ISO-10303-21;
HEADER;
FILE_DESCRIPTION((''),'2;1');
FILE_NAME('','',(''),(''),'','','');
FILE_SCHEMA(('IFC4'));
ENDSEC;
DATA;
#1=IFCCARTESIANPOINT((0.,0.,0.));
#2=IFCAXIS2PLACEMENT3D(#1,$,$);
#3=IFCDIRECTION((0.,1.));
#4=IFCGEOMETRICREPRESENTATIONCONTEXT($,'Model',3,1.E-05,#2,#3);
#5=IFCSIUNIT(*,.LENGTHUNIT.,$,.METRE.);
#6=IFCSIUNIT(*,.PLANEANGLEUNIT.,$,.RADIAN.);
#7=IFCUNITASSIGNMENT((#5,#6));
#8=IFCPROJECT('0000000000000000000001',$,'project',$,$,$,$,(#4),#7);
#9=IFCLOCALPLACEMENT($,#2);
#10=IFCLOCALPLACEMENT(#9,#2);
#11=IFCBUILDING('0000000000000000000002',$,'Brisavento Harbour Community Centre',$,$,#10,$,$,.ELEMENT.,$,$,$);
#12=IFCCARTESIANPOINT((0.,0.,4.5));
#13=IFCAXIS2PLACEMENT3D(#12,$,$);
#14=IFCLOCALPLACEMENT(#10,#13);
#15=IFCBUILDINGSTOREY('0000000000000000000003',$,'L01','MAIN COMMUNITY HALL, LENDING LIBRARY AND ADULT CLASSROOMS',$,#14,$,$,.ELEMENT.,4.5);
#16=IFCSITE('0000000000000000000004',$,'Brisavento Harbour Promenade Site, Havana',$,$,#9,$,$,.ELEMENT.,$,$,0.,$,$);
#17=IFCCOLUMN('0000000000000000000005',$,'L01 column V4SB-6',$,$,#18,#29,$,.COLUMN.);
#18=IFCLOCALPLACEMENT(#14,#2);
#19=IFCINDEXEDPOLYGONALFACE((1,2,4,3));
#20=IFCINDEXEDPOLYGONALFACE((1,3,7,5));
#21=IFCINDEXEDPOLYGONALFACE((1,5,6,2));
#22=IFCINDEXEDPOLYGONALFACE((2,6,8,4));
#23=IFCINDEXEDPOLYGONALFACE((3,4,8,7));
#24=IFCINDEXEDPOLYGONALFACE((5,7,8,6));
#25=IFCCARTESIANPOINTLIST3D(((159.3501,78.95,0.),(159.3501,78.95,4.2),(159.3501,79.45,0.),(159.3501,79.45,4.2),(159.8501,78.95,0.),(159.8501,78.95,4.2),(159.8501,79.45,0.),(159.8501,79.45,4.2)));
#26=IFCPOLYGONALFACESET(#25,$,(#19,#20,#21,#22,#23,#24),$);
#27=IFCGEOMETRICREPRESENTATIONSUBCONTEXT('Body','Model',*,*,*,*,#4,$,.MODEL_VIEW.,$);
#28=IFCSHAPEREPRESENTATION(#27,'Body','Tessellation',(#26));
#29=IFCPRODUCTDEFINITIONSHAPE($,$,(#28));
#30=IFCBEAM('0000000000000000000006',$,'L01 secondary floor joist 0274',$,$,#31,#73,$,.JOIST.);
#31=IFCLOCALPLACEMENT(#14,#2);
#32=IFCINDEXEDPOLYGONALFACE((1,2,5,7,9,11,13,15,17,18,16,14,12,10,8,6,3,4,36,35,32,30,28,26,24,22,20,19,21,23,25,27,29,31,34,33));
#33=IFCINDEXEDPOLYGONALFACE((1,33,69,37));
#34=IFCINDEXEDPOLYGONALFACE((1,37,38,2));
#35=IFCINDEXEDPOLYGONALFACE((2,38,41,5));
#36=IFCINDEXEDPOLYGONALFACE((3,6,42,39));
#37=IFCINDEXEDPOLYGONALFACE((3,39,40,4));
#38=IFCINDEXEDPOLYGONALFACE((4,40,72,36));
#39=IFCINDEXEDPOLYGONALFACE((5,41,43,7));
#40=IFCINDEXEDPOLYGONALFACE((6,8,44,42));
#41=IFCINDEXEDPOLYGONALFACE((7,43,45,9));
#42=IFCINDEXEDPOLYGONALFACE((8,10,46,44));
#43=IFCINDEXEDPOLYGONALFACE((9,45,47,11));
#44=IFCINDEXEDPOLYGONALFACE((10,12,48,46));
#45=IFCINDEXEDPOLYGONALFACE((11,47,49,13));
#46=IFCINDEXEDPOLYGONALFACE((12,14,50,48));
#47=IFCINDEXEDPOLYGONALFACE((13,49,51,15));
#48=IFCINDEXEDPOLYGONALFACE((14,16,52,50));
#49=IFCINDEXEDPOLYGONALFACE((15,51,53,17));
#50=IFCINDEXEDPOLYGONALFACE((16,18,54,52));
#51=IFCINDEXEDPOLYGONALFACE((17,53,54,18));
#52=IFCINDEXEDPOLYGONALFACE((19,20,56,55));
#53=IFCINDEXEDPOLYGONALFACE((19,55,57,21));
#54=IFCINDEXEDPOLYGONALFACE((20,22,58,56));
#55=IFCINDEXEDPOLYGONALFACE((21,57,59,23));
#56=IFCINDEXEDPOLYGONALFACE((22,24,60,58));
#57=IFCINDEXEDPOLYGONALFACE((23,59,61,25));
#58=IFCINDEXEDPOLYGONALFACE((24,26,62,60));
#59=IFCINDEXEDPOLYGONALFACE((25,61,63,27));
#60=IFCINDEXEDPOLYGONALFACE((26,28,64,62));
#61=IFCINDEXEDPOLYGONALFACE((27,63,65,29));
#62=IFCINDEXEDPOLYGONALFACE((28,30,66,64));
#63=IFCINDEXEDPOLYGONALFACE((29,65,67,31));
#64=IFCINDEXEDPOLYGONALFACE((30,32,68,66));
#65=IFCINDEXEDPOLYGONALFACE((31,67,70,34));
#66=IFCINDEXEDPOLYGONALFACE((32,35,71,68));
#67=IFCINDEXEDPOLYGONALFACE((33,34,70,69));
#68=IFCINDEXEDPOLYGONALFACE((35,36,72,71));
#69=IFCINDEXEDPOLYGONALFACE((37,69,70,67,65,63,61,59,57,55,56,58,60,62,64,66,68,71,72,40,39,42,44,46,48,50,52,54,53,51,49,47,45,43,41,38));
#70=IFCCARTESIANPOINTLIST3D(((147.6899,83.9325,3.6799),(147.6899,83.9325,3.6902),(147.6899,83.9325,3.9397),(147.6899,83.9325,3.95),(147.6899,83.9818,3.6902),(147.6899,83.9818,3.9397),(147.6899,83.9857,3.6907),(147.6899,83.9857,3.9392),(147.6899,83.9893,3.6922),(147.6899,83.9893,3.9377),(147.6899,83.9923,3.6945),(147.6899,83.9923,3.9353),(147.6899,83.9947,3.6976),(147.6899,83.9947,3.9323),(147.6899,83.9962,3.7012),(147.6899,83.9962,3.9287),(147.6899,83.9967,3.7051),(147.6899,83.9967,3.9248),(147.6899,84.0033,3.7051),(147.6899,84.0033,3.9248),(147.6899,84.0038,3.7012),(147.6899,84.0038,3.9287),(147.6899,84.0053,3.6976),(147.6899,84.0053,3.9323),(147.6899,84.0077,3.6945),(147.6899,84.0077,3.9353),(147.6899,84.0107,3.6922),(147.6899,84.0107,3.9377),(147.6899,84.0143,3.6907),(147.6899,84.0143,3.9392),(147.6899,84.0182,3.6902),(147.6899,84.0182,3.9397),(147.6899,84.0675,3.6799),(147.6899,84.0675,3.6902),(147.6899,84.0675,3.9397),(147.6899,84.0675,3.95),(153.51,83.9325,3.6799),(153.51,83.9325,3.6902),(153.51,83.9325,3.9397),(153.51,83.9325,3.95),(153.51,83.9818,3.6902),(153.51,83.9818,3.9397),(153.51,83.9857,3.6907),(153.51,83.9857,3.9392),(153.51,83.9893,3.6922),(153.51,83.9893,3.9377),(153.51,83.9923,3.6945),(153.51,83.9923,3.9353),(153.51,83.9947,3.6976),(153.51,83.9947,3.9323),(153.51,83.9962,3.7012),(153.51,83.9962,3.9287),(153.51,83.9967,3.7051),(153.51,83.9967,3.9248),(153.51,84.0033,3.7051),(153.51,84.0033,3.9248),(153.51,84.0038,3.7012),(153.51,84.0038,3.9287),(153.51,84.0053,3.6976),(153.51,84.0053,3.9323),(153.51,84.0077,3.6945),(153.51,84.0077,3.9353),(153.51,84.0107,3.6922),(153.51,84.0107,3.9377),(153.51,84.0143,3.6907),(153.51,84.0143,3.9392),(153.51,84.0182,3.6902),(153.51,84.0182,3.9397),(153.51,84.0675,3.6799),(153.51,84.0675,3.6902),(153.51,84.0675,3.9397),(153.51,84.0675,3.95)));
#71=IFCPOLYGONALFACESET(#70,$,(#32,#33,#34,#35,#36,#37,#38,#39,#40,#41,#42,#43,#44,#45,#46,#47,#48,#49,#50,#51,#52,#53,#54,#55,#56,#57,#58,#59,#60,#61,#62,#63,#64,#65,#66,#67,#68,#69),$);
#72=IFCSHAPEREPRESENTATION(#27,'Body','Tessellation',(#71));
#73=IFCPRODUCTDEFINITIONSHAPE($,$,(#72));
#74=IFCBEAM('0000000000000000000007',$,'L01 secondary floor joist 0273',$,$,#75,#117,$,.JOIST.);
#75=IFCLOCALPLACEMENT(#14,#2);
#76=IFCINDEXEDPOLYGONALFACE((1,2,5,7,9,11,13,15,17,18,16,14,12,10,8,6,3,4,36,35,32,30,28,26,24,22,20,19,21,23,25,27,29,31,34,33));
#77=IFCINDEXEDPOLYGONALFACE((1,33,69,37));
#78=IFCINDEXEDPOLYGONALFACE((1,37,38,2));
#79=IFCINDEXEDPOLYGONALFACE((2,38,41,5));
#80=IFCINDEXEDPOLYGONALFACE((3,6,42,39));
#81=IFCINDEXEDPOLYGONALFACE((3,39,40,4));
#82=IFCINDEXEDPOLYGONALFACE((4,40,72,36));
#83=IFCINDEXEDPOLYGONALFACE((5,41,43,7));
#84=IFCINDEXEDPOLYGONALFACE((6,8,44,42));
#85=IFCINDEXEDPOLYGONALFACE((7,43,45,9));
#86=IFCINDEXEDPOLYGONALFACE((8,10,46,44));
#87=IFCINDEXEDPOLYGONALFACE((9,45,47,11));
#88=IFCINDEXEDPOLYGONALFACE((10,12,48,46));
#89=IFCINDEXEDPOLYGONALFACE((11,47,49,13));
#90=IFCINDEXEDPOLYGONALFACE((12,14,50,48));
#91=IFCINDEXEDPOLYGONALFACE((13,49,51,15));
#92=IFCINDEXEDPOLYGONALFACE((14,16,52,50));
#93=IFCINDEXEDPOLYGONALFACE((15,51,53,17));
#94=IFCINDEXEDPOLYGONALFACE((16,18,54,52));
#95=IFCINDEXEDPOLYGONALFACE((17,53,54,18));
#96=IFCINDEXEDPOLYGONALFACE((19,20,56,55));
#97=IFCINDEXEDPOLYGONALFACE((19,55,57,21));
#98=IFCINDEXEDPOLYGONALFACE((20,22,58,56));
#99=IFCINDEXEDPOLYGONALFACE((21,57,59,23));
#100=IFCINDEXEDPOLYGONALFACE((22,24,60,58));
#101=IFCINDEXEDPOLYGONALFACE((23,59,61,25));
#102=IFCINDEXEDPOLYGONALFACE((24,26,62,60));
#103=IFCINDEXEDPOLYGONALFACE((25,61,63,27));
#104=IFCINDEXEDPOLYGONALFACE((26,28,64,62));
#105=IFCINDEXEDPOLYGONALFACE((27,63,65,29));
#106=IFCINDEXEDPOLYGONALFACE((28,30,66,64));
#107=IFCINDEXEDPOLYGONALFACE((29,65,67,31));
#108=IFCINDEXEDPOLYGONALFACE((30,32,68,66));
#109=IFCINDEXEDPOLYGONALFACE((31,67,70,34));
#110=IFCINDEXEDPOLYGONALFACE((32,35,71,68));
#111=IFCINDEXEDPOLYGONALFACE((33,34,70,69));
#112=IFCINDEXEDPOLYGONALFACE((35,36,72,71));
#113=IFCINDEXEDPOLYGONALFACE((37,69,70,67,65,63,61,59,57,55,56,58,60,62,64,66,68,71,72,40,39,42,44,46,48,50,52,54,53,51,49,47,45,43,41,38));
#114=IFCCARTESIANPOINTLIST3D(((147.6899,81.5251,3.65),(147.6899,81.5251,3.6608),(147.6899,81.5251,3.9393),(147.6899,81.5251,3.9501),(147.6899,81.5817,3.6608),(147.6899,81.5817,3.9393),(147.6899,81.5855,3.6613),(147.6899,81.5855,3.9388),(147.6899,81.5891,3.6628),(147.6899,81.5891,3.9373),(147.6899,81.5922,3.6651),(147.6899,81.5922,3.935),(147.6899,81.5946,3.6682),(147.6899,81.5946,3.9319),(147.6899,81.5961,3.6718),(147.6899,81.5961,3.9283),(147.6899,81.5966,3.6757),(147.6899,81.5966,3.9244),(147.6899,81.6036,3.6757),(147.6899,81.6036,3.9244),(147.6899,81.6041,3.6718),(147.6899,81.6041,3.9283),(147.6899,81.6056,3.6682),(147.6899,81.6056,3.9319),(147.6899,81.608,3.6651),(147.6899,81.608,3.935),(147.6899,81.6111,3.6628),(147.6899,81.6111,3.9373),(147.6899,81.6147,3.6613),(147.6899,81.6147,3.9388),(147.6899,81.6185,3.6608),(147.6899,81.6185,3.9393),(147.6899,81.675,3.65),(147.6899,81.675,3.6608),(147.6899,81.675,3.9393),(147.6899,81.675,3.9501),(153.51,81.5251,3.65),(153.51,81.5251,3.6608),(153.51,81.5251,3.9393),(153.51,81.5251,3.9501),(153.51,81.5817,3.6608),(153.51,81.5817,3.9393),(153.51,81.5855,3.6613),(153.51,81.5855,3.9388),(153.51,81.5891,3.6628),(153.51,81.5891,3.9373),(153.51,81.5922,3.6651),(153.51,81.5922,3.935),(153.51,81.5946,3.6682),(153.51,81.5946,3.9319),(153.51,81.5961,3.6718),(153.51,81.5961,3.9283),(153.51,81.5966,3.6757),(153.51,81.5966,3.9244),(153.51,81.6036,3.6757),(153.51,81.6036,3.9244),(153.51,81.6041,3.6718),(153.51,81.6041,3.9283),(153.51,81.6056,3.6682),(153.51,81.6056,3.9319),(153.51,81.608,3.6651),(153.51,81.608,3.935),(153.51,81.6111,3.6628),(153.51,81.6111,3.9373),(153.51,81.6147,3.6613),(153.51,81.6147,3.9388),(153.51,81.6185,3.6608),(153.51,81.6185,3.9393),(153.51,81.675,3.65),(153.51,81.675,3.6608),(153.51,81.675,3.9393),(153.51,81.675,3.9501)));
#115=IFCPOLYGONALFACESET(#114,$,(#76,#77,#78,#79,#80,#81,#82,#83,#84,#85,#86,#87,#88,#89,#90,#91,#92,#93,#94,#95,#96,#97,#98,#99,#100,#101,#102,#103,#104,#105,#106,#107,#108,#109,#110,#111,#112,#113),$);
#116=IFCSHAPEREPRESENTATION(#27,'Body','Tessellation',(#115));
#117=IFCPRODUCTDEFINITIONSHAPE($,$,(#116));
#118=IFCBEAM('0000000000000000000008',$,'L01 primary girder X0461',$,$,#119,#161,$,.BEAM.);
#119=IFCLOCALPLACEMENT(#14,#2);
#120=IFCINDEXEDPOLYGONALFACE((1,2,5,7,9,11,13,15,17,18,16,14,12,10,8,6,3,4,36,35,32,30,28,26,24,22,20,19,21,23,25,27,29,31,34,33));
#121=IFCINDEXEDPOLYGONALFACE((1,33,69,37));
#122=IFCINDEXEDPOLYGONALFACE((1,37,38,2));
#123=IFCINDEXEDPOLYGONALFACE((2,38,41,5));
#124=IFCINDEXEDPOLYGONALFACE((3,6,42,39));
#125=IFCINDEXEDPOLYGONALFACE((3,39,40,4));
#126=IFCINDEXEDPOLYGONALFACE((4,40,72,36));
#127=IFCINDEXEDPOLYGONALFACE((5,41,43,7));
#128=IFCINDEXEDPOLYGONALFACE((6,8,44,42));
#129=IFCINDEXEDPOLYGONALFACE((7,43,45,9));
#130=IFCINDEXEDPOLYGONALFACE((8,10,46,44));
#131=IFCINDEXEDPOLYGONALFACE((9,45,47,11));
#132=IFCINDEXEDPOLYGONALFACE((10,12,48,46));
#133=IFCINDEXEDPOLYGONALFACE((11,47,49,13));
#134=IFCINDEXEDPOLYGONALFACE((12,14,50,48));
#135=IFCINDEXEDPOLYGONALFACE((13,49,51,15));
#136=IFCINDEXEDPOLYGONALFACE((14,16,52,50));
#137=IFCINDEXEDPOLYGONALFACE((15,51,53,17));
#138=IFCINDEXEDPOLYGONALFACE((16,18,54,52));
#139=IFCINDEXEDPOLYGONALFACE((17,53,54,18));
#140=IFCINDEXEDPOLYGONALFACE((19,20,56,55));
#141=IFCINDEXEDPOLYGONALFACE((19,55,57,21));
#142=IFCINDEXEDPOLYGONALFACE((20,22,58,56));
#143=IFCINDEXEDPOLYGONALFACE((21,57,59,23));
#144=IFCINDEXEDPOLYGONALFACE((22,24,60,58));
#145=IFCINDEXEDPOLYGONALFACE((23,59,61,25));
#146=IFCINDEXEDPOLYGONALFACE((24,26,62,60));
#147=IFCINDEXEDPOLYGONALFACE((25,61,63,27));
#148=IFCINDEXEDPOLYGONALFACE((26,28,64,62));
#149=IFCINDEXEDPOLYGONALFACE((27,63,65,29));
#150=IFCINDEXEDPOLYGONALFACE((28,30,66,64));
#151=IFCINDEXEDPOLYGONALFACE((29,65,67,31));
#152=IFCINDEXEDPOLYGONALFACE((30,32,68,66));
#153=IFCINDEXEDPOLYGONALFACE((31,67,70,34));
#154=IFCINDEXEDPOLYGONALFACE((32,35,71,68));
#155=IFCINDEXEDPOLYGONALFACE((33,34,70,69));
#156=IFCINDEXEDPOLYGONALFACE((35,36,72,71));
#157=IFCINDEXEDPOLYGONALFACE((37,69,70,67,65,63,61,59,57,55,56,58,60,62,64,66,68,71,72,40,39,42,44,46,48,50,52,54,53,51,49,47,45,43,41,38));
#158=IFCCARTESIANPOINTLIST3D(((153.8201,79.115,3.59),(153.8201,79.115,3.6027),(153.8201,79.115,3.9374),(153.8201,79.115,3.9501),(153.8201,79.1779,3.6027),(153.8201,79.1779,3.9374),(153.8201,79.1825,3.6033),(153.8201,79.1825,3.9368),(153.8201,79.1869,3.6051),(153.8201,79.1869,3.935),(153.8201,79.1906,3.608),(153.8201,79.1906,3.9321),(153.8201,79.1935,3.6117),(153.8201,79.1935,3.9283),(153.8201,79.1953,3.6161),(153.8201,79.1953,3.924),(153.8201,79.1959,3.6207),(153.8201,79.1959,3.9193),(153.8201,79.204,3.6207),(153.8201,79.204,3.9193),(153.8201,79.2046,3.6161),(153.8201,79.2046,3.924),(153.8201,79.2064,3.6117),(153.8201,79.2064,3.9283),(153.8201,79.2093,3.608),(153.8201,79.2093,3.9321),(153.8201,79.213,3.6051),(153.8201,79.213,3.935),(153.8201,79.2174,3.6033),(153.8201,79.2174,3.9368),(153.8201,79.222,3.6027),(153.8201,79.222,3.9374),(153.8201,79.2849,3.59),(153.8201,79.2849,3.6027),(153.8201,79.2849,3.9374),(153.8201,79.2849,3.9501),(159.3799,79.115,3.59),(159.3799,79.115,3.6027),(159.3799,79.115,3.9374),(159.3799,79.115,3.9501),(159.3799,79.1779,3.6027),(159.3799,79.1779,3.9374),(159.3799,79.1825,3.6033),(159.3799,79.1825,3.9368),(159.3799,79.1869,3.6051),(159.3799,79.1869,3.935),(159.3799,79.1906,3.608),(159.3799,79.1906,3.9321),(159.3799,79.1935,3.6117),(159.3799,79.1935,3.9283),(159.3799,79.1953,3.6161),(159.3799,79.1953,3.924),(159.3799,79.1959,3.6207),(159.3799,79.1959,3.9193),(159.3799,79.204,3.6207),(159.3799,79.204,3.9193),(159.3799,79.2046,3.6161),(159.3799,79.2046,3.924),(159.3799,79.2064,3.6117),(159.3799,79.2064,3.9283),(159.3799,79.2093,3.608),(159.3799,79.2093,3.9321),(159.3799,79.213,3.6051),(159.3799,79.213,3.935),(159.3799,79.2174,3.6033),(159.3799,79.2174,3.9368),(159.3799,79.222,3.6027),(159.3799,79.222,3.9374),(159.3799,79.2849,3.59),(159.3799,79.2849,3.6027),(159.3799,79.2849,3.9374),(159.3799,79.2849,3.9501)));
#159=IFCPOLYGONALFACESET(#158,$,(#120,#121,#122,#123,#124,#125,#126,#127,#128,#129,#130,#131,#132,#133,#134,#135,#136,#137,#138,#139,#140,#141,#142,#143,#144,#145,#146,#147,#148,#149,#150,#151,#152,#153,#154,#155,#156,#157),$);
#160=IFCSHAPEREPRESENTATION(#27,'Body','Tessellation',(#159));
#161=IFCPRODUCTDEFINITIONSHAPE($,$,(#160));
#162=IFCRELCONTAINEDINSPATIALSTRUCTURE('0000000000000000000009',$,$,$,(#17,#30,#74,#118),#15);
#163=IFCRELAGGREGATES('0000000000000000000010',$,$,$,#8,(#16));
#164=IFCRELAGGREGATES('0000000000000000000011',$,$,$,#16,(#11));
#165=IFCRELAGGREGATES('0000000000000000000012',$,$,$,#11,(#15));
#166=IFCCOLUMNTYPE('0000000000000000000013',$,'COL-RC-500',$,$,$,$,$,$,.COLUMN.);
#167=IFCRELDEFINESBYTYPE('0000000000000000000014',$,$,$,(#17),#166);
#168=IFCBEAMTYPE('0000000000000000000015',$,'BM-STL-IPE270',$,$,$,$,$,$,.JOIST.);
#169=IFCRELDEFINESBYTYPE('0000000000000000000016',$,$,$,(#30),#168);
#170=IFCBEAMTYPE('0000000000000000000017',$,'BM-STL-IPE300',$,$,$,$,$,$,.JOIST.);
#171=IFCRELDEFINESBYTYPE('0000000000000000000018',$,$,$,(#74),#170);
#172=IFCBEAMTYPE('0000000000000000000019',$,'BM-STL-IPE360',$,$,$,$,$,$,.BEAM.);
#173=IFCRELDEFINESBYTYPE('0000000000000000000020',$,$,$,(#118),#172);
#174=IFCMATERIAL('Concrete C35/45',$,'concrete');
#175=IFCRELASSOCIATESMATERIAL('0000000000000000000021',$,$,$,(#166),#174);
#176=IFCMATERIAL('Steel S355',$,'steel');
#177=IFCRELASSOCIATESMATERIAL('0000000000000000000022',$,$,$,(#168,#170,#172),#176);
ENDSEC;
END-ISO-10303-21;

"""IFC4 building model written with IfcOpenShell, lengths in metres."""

from ifc_helpers import new_model, si_unit, direction, frame, origin, origin_2d, place, context, subcontext, project, spatial, rectangle, i_section, extrude, material, material_profile, profile_set, type_object, element, save


model = new_model("IFC4")

# Units and contexts
model_context = context("Model", 3, precision=1e-05, world=origin(), true_north=direction((0.0, 1.0)))
body_context = subcontext(model_context, "Body", "Model", "MODEL_VIEW")
ifc_project = project(units=[si_unit("LENGTHUNIT", "METRE"), si_unit("PLANEANGLEUNIT", "RADIAN")], contexts=[model_context])

# Site, building, storey
site_placement = place(None, origin())
site = spatial("IfcSite", under=ifc_project, at=site_placement, Name="Brisavento Harbour Promenade Site, Havana", CompositionType="ELEMENT", RefElevation=0.0)
building_placement = place(site_placement, origin())
building = spatial("IfcBuilding", under=site, at=building_placement, Name="Brisavento Harbour Community Centre", CompositionType="ELEMENT")
storey_placement = place(building_placement, frame((0.0, 0.0, 4.5)))
storey = spatial("IfcBuildingStorey", under=building, at=storey_placement, Name="L01", Description="MAIN COMMUNITY HALL, LENDING LIBRARY AND ADULT CLASSROOMS", CompositionType="ELEMENT", Elevation=4.5)

# Column
ifc_material_1 = material(Name="Concrete C35/45", Category="concrete")
ifc_material_profile_1 = material_profile(ifc_material_1, rectangle(XDim=0.5, YDim=0.5, at=origin_2d()), Name="Concrete C35/45")
ifc_profile_set_1 = profile_set([ifc_material_profile_1], Name="Concrete C35/45")
column_type = type_object("IfcColumnType", Name="COL-RC-500", PredefinedType="COLUMN", material=ifc_profile_set_1)
column_placement = place(storey_placement, frame((159.6001, 79.2, 0.0), z_axis=(0.0, 0.0, 1.0), x_axis=(1.0, 0.0, 0.0)))
element("IfcColumn", 1, at=column_placement, inside=storey, type_object=column_type, Name="L01 column V4SB-6", PredefinedType="COLUMN", context=body_context, shape_type="SweptSolid", body=[
    extrude(rectangle(XDim=0.5, YDim=0.5, at=origin_2d()), origin(), (0.0, 0.0, 1.0), 4.2),
])

# Beams
ifc_material_2 = material(Name="Steel S355", Category="steel")
ifc_material_profile_2 = material_profile(ifc_material_2, i_section(OverallWidth=0.135, OverallDepth=0.27, WebThickness=0.0066, FlangeThickness=0.0103, FilletRadius=0.0149, at=origin_2d()), Name="Steel S355")
ifc_profile_set_2 = profile_set([ifc_material_profile_2], Name="Steel S355")
beam_type_1 = type_object("IfcBeamType", Name="BM-STL-IPE270", PredefinedType="JOIST", material=ifc_profile_set_2)
beam_1_placement = place(storey_placement, frame((147.6899, 84.0, 3.8149), z_axis=(1.0, 0.0, 0.0), x_axis=(0.0, 1.0, 0.0)))
element("IfcBeam", 2, at=beam_1_placement, inside=storey, type_object=beam_type_1, Name="L01 secondary floor joist 0274", PredefinedType="JOIST", context=body_context, shape_type="SweptSolid", body=[
    extrude(i_section(OverallWidth=0.135, OverallDepth=0.27, WebThickness=0.0066, FlangeThickness=0.0103, FilletRadius=0.0149, at=origin_2d()), origin(), (0.0, 0.0, 1.0), 5.8201),
])
ifc_material_profile_3 = material_profile(ifc_material_2, i_section(OverallWidth=0.1499, OverallDepth=0.3, WebThickness=0.0071, FlangeThickness=0.0107, FilletRadius=0.0149, at=origin_2d()), Name="Steel S355")
ifc_profile_set_3 = profile_set([ifc_material_profile_3], Name="Steel S355")
beam_type_2 = type_object("IfcBeamType", Name="BM-STL-IPE300", PredefinedType="JOIST", material=ifc_profile_set_3)
beam_2_placement = place(storey_placement, frame((147.6899, 81.6001, 3.8), z_axis=(1.0, 0.0, 0.0), x_axis=(0.0, 1.0, 0.0)))
element("IfcBeam", 3, at=beam_2_placement, inside=storey, type_object=beam_type_2, Name="L01 secondary floor joist 0273", PredefinedType="JOIST", context=body_context, shape_type="SweptSolid", body=[
    extrude(i_section(OverallWidth=0.1499, OverallDepth=0.3, WebThickness=0.0071, FlangeThickness=0.0107, FilletRadius=0.0149, at=origin_2d()), origin(), (0.0, 0.0, 1.0), 5.8201),
])
ifc_material_profile_4 = material_profile(ifc_material_2, i_section(OverallWidth=0.1699, OverallDepth=0.3601, WebThickness=0.0081, FlangeThickness=0.0127, FilletRadius=0.0181, at=origin_2d()), Name="Steel S355")
ifc_profile_set_4 = profile_set([ifc_material_profile_4], Name="Steel S355")
beam_type_3 = type_object("IfcBeamType", Name="BM-STL-IPE360", PredefinedType="BEAM", material=ifc_profile_set_4)
for number, where, z_axis, x_axis, name in (
    (4, (153.8201, 79.2, 3.77), (1.0, 0.0, 0.0), (0.0, 1.0, 0.0), "L01 primary girder X0461"),
):
    element("IfcBeam", number, at=place(storey_placement, frame(where, z_axis=z_axis, x_axis=x_axis)), inside=storey, type_object=beam_type_3, Name=name, PredefinedType="BEAM", context=body_context, shape_type="SweptSolid", body=[
        extrude(i_section(OverallWidth=0.1699, OverallDepth=0.3601, WebThickness=0.0081, FlangeThickness=0.0127, FilletRadius=0.0181, at=origin_2d()), origin(), (0.0, 0.0, 1.0), 5.5598),
    ])

save(model, "model.ifc")
